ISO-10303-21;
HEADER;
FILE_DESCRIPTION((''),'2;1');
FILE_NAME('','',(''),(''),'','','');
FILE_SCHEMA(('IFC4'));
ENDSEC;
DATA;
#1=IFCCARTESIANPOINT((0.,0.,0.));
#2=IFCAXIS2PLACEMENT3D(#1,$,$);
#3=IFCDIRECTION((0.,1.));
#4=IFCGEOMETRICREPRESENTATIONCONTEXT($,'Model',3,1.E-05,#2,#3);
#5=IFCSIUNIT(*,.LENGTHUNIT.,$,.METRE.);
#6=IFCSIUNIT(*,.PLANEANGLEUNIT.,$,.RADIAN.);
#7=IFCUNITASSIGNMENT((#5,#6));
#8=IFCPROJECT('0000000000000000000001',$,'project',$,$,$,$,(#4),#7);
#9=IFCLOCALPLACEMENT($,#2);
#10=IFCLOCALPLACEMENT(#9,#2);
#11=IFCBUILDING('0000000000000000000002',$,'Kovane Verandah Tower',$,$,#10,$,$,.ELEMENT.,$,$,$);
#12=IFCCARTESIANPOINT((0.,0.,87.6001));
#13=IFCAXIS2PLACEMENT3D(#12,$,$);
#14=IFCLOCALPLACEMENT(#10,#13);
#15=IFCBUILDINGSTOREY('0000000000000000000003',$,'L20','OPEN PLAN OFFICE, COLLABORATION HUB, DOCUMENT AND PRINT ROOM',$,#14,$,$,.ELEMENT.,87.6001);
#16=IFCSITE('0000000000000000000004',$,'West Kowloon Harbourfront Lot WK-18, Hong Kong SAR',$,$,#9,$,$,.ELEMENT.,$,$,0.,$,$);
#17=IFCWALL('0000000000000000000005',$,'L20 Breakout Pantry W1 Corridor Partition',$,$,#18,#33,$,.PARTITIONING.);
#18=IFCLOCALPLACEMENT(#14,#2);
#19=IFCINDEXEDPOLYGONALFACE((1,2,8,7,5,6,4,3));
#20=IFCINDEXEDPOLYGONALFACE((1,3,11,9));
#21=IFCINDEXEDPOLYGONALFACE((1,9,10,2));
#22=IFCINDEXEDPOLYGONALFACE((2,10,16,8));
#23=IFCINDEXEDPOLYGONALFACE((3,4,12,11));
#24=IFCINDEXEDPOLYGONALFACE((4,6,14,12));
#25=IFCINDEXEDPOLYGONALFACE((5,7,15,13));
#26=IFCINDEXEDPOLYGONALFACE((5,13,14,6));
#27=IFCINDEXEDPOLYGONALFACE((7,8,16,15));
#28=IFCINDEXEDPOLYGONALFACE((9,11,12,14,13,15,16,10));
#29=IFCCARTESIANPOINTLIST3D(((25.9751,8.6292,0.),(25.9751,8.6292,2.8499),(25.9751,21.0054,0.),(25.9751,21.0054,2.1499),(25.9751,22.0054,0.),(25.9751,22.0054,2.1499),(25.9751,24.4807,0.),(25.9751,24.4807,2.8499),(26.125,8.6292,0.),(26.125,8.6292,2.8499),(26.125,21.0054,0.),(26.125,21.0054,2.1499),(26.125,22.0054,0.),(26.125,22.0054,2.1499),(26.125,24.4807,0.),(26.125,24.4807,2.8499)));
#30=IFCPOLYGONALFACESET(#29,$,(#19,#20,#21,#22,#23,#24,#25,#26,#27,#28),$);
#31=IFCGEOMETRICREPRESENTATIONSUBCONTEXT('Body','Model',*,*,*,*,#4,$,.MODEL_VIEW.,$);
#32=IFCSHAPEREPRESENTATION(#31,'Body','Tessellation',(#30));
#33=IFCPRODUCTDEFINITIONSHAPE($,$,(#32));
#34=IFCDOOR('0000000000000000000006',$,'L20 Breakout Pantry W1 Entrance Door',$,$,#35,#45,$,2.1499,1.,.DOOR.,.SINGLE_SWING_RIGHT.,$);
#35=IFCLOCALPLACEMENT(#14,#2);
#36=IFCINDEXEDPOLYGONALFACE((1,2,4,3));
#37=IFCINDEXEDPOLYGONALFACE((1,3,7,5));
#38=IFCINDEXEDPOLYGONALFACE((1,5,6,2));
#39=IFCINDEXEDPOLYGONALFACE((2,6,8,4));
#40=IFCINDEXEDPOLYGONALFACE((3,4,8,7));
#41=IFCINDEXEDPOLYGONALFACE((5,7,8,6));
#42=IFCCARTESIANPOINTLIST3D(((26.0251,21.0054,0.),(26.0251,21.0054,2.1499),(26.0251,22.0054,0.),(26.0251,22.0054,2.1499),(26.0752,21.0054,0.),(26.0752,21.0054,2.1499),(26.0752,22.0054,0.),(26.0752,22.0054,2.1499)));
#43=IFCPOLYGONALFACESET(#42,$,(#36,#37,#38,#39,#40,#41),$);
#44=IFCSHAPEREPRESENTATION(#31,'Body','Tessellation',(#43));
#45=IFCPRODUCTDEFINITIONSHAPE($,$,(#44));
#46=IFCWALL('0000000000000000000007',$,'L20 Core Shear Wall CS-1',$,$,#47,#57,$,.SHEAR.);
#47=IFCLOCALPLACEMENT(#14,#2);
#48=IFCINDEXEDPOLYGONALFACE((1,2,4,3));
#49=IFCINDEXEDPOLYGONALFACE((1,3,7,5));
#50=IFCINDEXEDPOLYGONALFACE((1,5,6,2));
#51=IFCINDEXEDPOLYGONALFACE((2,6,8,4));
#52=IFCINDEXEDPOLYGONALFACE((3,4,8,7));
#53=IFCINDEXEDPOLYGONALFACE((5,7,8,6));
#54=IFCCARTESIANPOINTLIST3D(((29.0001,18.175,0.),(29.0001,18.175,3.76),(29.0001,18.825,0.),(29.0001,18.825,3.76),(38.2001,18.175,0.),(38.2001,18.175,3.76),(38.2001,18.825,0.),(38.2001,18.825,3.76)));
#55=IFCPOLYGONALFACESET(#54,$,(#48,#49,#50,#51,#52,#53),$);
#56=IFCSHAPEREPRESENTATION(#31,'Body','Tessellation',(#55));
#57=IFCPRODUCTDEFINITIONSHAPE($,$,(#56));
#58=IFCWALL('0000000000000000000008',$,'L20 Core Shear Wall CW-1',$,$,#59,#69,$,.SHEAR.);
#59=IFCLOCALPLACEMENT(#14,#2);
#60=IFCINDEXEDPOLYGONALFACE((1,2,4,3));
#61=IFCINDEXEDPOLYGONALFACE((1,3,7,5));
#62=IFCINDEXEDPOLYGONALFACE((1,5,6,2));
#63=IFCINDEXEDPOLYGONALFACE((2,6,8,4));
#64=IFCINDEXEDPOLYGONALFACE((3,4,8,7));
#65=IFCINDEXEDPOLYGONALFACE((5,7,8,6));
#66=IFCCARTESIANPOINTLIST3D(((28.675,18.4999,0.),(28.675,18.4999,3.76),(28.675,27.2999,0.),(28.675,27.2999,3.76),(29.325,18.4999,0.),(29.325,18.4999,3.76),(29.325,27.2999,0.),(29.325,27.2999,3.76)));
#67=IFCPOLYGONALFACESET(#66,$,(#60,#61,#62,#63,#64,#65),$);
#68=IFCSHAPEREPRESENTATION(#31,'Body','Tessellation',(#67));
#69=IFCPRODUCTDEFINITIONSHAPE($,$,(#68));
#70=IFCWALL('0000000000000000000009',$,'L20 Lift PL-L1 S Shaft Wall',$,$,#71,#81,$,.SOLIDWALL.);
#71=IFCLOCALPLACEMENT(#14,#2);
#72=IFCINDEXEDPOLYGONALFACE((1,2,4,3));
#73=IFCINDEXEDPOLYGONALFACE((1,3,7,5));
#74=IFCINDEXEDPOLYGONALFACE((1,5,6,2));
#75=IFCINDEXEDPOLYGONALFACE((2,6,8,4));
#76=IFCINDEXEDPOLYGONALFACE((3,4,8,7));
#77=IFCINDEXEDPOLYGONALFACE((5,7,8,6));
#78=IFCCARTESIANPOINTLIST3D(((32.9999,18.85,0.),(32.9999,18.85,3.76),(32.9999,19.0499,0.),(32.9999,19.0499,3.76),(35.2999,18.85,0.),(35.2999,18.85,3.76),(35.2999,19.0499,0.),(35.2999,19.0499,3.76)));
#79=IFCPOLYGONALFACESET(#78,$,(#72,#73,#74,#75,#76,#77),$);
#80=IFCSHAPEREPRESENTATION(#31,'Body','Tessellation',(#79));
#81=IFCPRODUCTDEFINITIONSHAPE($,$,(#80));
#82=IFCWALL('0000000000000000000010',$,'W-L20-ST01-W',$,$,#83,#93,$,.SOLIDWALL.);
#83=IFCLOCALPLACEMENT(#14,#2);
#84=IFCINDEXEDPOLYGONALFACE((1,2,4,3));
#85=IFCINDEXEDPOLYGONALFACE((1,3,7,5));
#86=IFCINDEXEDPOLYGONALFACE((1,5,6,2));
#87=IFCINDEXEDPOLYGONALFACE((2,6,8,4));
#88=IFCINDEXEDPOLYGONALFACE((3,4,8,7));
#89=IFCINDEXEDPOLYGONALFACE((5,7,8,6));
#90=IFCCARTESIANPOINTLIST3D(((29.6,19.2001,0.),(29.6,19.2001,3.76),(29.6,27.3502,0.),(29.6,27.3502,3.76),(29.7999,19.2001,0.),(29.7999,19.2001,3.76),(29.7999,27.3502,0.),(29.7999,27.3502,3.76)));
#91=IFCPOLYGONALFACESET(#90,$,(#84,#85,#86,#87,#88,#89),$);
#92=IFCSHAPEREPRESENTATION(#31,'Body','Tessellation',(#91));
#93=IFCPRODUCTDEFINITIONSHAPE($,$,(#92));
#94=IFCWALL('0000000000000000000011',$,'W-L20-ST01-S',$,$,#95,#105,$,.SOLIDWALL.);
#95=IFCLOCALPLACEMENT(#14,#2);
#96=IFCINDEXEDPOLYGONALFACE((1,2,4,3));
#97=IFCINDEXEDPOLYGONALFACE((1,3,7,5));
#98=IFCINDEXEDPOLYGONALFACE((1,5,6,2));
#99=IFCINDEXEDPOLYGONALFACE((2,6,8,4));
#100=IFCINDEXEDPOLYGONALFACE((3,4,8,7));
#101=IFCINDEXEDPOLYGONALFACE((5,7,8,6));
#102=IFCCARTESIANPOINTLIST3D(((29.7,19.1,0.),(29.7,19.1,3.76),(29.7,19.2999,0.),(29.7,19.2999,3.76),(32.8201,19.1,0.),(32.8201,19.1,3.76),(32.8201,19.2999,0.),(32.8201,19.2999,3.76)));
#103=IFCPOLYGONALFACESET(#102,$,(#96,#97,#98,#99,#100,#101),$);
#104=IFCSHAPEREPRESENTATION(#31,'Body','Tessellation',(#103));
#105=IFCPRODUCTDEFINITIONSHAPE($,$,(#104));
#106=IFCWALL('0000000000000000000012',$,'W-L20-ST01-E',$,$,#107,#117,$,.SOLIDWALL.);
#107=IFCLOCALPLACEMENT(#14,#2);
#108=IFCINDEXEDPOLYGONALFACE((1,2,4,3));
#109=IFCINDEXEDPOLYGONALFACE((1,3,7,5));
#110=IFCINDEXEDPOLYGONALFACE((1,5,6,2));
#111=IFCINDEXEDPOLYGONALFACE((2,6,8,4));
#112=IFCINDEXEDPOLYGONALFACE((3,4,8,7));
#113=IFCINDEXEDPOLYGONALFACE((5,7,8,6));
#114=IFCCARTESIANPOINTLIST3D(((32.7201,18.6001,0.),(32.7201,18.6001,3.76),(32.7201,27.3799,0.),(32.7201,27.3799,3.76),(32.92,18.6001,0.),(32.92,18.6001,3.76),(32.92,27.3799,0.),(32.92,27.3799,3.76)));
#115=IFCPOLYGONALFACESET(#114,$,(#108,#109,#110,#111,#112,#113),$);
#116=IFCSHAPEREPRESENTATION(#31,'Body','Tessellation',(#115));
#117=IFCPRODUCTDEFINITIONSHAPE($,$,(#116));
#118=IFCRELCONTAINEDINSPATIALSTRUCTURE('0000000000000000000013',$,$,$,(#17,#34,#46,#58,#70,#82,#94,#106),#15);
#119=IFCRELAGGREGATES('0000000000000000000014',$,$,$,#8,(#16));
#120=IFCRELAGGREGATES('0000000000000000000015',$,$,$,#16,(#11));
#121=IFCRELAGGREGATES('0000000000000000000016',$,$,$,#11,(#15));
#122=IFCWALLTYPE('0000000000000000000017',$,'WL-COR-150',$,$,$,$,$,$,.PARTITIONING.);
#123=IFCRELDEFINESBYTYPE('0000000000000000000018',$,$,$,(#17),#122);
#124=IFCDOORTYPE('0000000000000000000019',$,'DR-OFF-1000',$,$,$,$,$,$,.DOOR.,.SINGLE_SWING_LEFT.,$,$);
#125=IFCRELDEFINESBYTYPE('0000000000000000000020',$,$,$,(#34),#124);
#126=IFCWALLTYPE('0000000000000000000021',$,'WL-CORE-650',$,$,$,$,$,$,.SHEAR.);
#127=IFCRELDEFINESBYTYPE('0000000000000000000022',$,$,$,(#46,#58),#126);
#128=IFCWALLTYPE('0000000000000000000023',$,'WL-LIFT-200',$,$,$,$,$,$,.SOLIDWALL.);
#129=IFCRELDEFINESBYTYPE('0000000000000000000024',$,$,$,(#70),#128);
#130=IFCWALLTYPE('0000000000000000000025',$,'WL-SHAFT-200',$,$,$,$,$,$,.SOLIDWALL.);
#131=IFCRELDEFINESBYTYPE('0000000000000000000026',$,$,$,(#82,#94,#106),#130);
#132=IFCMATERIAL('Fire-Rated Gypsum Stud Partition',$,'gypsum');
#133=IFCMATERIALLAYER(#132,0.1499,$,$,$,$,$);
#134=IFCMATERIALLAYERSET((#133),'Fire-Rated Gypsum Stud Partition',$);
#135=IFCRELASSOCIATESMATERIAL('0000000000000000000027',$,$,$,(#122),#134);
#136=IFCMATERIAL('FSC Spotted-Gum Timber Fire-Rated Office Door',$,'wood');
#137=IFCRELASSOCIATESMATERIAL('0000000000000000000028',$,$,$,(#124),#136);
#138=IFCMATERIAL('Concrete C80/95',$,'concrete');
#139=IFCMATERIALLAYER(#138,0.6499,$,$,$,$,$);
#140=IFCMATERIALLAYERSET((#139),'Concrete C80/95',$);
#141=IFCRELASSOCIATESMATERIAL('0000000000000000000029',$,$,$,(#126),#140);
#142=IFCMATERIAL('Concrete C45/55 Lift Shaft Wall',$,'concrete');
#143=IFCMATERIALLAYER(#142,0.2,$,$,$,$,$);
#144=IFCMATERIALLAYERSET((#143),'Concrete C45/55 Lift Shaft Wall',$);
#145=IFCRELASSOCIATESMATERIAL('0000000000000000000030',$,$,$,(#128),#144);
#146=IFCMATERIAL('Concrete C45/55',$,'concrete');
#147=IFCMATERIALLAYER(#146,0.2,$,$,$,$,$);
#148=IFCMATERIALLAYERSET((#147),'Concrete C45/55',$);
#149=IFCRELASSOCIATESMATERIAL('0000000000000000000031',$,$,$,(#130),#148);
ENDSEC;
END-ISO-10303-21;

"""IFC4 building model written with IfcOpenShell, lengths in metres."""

from ifc_helpers import new_model, si_unit, direction, frame, frame_2d, origin, place, context, subcontext, project, spatial, rectangle, extrude, material, layer, layer_set, type_object, element, fill, save


model = new_model("IFC4")

# Units and contexts
model_context = context("Model", 3, precision=1e-05, world=origin(), true_north=direction((0.0, 1.0)))
body_context = subcontext(model_context, "Body", "Model", "MODEL_VIEW")
ifc_project = project(units=[si_unit("LENGTHUNIT", "METRE"), si_unit("PLANEANGLEUNIT", "RADIAN")], contexts=[model_context])

# Site, building, storey
site_placement = place(None, origin())
site = spatial("IfcSite", under=ifc_project, at=site_placement, Name="West Kowloon Harbourfront Lot WK-18, Hong Kong SAR", CompositionType="ELEMENT", RefElevation=0.0)
building_placement = place(site_placement, origin())
building = spatial("IfcBuilding", under=site, at=building_placement, Name="Kovane Verandah Tower", CompositionType="ELEMENT")
storey_placement = place(building_placement, frame((0.0, 0.0, 87.6001)))
storey = spatial("IfcBuildingStorey", under=building, at=storey_placement, Name="L20", Description="OPEN PLAN OFFICE, COLLABORATION HUB, DOCUMENT AND PRINT ROOM", CompositionType="ELEMENT", Elevation=87.6001)

# Shared definitions
ifc_material_1 = material(Name="Concrete C80/95", Category="concrete")

# Wall, opening, door
ifc_material_2 = material(Name="Fire-Rated Gypsum Stud Partition", Category="gypsum")
ifc_layer_1 = layer(ifc_material_2, 0.1499)
ifc_layer_set_1 = layer_set([ifc_layer_1], Name="Fire-Rated Gypsum Stud Partition")
wall_type_1 = type_object("IfcWallType", Name="WL-COR-150", PredefinedType="PARTITIONING", material=ifc_layer_set_1)
wall_1_placement = place(storey_placement, frame((26.05, 8.6292, 0.0), z_axis=(0.0, 0.0, 1.0), x_axis=(0.0, 1.0, 0.0)))
wall_1 = element("IfcWall", 1, at=wall_1_placement, inside=storey, type_object=wall_type_1, Name="L20 Breakout Pantry W1 Corridor Partition", PredefinedType="PARTITIONING", context=body_context, shape_type="SweptSolid", body=[
    extrude(rectangle(XDim=15.8516, YDim=0.1499, at=frame_2d((7.9258, 0.0))), origin(), (0.0, 0.0, 1.0), 2.8499),
])
opening_1_placement = place(wall_1_placement, frame((12.3762, 0.0, 0.0)))
opening_1 = element("IfcOpeningElement", 2, at=opening_1_placement, cuts=wall_1, PredefinedType="OPENING", context=body_context, shape_type="SweptSolid", body=[
    extrude(rectangle(XDim=1.0, YDim=2.1499, at=frame_2d((0.5, 1.075))), frame((0.0, 0.075, 0.0), z_axis=(0.0, -1.0, 0.0), x_axis=(1.0, 0.0, 0.0)), (0.0, 0.0, 1.0), 0.1499),
])
ifc_material_3 = material(Name="FSC Spotted-Gum Timber Fire-Rated Office Door", Category="wood")
door_type_1 = type_object("IfcDoorType", Name="DR-OFF-1000", OperationType="SINGLE_SWING_LEFT", PredefinedType="DOOR", material=ifc_material_3)
door_1_placement = place(opening_1_placement, origin())
door_1 = element("IfcDoor", 3, at=door_1_placement, inside=storey, type_object=door_type_1, Name="L20 Breakout Pantry W1 Entrance Door", OperationType="SINGLE_SWING_RIGHT", OverallHeight=2.1499, OverallWidth=1.0, PredefinedType="DOOR", context=body_context, shape_type="SweptSolid", body=[
    extrude(rectangle(XDim=1.0, YDim=2.1499, at=frame_2d((0.5, 1.075))), frame((0.0, 0.0249, 0.0), z_axis=(0.0, -1.0, 0.0), x_axis=(1.0, 0.0, 0.0)), (0.0, 0.0, 1.0), 0.05),
])
fill(opening_1, door_1)

# Walls
ifc_layer_2 = layer(ifc_material_1, 0.6499)
ifc_layer_set_2 = layer_set([ifc_layer_2], Name="Concrete C80/95")
wall_type_2 = type_object("IfcWallType", Name="WL-CORE-650", PredefinedType="SHEAR", material=ifc_layer_set_2)
wall_2_placement = place(storey_placement, frame((29.0, 18.5, 0.0), z_axis=(0.0, 0.0, 1.0), x_axis=(1.0, 0.0, 0.0)))
element("IfcWall", 4, at=wall_2_placement, inside=storey, type_object=wall_type_2, Name="L20 Core Shear Wall CS-1", PredefinedType="SHEAR", context=body_context, shape_type="SweptSolid", body=[
    extrude(rectangle(XDim=9.2, YDim=0.6499, at=frame_2d((4.6001, 0.0))), origin(), (0.0, 0.0, 1.0), 3.76),
])
wall_3_placement = place(storey_placement, frame((29.0, 18.5, 0.0), z_axis=(0.0, 0.0, 1.0), x_axis=(0.0, 1.0, 0.0)))
element("IfcWall", 5, at=wall_3_placement, inside=storey, type_object=wall_type_2, Name="L20 Core Shear Wall CW-1", PredefinedType="SHEAR", context=body_context, shape_type="SweptSolid", body=[
    extrude(rectangle(XDim=8.8, YDim=0.6499, at=frame_2d((4.3999, 0.0))), origin(), (0.0, 0.0, 1.0), 3.76),
])
ifc_material_4 = material(Name="Concrete C45/55 Lift Shaft Wall", Category="concrete")
ifc_layer_3 = layer(ifc_material_4, 0.2)
ifc_layer_set_3 = layer_set([ifc_layer_3], Name="Concrete C45/55 Lift Shaft Wall")
wall_type_3 = type_object("IfcWallType", Name="WL-LIFT-200", PredefinedType="SOLIDWALL", material=ifc_layer_set_3)
wall_4_placement = place(storey_placement, frame((33.0, 18.95, 0.0), z_axis=(0.0, 0.0, 1.0), x_axis=(1.0, 0.0, 0.0)))
element("IfcWall", 6, at=wall_4_placement, inside=storey, type_object=wall_type_3, Name="L20 Lift PL-L1 S Shaft Wall", PredefinedType="SOLIDWALL", context=body_context, shape_type="SweptSolid", body=[
    extrude(rectangle(XDim=2.3, YDim=0.2, at=frame_2d((1.1499, 0.0))), origin(), (0.0, 0.0, 1.0), 3.76),
])
ifc_material_5 = material(Name="Concrete C45/55", Category="concrete")
ifc_layer_4 = layer(ifc_material_5, 0.2)
ifc_layer_set_4 = layer_set([ifc_layer_4], Name="Concrete C45/55")
wall_type_4 = type_object("IfcWallType", Name="WL-SHAFT-200", PredefinedType="SOLIDWALL", material=ifc_layer_set_4)
wall_5_placement = place(storey_placement, frame((29.7, 19.2, 0.0), z_axis=(0.0, 0.0, 1.0), x_axis=(0.0, 1.0, 0.0)))
element("IfcWall", 7, at=wall_5_placement, inside=storey, type_object=wall_type_4, Name="W-L20-ST01-W", PredefinedType="SOLIDWALL", context=body_context, shape_type="SweptSolid", body=[
    extrude(rectangle(XDim=8.1501, YDim=0.2, at=frame_2d((4.0752, 0.0))), origin(), (0.0, 0.0, 1.0), 3.76),
])
wall_6_placement = place(storey_placement, frame((29.7, 19.2, 0.0), z_axis=(0.0, 0.0, 1.0), x_axis=(1.0, 0.0, 0.0)))
element("IfcWall", 8, at=wall_6_placement, inside=storey, type_object=wall_type_4, Name="W-L20-ST01-S", PredefinedType="SOLIDWALL", context=body_context, shape_type="SweptSolid", body=[
    extrude(rectangle(XDim=3.1201, YDim=0.2, at=frame_2d((1.5601, 0.0))), origin(), (0.0, 0.0, 1.0), 3.76),
])
wall_7_placement = place(storey_placement, frame((32.8201, 18.6001, 0.0), z_axis=(0.0, 0.0, 1.0), x_axis=(0.0, 1.0, 0.0)))
element("IfcWall", 9, at=wall_7_placement, inside=storey, type_object=wall_type_4, Name="W-L20-ST01-E", PredefinedType="SOLIDWALL", context=body_context, shape_type="SweptSolid", body=[
    extrude(rectangle(XDim=8.7798, YDim=0.2, at=frame_2d((4.3899, 0.0))), origin(), (0.0, 0.0, 1.0), 3.76),
])

save(model, "model.ifc")
